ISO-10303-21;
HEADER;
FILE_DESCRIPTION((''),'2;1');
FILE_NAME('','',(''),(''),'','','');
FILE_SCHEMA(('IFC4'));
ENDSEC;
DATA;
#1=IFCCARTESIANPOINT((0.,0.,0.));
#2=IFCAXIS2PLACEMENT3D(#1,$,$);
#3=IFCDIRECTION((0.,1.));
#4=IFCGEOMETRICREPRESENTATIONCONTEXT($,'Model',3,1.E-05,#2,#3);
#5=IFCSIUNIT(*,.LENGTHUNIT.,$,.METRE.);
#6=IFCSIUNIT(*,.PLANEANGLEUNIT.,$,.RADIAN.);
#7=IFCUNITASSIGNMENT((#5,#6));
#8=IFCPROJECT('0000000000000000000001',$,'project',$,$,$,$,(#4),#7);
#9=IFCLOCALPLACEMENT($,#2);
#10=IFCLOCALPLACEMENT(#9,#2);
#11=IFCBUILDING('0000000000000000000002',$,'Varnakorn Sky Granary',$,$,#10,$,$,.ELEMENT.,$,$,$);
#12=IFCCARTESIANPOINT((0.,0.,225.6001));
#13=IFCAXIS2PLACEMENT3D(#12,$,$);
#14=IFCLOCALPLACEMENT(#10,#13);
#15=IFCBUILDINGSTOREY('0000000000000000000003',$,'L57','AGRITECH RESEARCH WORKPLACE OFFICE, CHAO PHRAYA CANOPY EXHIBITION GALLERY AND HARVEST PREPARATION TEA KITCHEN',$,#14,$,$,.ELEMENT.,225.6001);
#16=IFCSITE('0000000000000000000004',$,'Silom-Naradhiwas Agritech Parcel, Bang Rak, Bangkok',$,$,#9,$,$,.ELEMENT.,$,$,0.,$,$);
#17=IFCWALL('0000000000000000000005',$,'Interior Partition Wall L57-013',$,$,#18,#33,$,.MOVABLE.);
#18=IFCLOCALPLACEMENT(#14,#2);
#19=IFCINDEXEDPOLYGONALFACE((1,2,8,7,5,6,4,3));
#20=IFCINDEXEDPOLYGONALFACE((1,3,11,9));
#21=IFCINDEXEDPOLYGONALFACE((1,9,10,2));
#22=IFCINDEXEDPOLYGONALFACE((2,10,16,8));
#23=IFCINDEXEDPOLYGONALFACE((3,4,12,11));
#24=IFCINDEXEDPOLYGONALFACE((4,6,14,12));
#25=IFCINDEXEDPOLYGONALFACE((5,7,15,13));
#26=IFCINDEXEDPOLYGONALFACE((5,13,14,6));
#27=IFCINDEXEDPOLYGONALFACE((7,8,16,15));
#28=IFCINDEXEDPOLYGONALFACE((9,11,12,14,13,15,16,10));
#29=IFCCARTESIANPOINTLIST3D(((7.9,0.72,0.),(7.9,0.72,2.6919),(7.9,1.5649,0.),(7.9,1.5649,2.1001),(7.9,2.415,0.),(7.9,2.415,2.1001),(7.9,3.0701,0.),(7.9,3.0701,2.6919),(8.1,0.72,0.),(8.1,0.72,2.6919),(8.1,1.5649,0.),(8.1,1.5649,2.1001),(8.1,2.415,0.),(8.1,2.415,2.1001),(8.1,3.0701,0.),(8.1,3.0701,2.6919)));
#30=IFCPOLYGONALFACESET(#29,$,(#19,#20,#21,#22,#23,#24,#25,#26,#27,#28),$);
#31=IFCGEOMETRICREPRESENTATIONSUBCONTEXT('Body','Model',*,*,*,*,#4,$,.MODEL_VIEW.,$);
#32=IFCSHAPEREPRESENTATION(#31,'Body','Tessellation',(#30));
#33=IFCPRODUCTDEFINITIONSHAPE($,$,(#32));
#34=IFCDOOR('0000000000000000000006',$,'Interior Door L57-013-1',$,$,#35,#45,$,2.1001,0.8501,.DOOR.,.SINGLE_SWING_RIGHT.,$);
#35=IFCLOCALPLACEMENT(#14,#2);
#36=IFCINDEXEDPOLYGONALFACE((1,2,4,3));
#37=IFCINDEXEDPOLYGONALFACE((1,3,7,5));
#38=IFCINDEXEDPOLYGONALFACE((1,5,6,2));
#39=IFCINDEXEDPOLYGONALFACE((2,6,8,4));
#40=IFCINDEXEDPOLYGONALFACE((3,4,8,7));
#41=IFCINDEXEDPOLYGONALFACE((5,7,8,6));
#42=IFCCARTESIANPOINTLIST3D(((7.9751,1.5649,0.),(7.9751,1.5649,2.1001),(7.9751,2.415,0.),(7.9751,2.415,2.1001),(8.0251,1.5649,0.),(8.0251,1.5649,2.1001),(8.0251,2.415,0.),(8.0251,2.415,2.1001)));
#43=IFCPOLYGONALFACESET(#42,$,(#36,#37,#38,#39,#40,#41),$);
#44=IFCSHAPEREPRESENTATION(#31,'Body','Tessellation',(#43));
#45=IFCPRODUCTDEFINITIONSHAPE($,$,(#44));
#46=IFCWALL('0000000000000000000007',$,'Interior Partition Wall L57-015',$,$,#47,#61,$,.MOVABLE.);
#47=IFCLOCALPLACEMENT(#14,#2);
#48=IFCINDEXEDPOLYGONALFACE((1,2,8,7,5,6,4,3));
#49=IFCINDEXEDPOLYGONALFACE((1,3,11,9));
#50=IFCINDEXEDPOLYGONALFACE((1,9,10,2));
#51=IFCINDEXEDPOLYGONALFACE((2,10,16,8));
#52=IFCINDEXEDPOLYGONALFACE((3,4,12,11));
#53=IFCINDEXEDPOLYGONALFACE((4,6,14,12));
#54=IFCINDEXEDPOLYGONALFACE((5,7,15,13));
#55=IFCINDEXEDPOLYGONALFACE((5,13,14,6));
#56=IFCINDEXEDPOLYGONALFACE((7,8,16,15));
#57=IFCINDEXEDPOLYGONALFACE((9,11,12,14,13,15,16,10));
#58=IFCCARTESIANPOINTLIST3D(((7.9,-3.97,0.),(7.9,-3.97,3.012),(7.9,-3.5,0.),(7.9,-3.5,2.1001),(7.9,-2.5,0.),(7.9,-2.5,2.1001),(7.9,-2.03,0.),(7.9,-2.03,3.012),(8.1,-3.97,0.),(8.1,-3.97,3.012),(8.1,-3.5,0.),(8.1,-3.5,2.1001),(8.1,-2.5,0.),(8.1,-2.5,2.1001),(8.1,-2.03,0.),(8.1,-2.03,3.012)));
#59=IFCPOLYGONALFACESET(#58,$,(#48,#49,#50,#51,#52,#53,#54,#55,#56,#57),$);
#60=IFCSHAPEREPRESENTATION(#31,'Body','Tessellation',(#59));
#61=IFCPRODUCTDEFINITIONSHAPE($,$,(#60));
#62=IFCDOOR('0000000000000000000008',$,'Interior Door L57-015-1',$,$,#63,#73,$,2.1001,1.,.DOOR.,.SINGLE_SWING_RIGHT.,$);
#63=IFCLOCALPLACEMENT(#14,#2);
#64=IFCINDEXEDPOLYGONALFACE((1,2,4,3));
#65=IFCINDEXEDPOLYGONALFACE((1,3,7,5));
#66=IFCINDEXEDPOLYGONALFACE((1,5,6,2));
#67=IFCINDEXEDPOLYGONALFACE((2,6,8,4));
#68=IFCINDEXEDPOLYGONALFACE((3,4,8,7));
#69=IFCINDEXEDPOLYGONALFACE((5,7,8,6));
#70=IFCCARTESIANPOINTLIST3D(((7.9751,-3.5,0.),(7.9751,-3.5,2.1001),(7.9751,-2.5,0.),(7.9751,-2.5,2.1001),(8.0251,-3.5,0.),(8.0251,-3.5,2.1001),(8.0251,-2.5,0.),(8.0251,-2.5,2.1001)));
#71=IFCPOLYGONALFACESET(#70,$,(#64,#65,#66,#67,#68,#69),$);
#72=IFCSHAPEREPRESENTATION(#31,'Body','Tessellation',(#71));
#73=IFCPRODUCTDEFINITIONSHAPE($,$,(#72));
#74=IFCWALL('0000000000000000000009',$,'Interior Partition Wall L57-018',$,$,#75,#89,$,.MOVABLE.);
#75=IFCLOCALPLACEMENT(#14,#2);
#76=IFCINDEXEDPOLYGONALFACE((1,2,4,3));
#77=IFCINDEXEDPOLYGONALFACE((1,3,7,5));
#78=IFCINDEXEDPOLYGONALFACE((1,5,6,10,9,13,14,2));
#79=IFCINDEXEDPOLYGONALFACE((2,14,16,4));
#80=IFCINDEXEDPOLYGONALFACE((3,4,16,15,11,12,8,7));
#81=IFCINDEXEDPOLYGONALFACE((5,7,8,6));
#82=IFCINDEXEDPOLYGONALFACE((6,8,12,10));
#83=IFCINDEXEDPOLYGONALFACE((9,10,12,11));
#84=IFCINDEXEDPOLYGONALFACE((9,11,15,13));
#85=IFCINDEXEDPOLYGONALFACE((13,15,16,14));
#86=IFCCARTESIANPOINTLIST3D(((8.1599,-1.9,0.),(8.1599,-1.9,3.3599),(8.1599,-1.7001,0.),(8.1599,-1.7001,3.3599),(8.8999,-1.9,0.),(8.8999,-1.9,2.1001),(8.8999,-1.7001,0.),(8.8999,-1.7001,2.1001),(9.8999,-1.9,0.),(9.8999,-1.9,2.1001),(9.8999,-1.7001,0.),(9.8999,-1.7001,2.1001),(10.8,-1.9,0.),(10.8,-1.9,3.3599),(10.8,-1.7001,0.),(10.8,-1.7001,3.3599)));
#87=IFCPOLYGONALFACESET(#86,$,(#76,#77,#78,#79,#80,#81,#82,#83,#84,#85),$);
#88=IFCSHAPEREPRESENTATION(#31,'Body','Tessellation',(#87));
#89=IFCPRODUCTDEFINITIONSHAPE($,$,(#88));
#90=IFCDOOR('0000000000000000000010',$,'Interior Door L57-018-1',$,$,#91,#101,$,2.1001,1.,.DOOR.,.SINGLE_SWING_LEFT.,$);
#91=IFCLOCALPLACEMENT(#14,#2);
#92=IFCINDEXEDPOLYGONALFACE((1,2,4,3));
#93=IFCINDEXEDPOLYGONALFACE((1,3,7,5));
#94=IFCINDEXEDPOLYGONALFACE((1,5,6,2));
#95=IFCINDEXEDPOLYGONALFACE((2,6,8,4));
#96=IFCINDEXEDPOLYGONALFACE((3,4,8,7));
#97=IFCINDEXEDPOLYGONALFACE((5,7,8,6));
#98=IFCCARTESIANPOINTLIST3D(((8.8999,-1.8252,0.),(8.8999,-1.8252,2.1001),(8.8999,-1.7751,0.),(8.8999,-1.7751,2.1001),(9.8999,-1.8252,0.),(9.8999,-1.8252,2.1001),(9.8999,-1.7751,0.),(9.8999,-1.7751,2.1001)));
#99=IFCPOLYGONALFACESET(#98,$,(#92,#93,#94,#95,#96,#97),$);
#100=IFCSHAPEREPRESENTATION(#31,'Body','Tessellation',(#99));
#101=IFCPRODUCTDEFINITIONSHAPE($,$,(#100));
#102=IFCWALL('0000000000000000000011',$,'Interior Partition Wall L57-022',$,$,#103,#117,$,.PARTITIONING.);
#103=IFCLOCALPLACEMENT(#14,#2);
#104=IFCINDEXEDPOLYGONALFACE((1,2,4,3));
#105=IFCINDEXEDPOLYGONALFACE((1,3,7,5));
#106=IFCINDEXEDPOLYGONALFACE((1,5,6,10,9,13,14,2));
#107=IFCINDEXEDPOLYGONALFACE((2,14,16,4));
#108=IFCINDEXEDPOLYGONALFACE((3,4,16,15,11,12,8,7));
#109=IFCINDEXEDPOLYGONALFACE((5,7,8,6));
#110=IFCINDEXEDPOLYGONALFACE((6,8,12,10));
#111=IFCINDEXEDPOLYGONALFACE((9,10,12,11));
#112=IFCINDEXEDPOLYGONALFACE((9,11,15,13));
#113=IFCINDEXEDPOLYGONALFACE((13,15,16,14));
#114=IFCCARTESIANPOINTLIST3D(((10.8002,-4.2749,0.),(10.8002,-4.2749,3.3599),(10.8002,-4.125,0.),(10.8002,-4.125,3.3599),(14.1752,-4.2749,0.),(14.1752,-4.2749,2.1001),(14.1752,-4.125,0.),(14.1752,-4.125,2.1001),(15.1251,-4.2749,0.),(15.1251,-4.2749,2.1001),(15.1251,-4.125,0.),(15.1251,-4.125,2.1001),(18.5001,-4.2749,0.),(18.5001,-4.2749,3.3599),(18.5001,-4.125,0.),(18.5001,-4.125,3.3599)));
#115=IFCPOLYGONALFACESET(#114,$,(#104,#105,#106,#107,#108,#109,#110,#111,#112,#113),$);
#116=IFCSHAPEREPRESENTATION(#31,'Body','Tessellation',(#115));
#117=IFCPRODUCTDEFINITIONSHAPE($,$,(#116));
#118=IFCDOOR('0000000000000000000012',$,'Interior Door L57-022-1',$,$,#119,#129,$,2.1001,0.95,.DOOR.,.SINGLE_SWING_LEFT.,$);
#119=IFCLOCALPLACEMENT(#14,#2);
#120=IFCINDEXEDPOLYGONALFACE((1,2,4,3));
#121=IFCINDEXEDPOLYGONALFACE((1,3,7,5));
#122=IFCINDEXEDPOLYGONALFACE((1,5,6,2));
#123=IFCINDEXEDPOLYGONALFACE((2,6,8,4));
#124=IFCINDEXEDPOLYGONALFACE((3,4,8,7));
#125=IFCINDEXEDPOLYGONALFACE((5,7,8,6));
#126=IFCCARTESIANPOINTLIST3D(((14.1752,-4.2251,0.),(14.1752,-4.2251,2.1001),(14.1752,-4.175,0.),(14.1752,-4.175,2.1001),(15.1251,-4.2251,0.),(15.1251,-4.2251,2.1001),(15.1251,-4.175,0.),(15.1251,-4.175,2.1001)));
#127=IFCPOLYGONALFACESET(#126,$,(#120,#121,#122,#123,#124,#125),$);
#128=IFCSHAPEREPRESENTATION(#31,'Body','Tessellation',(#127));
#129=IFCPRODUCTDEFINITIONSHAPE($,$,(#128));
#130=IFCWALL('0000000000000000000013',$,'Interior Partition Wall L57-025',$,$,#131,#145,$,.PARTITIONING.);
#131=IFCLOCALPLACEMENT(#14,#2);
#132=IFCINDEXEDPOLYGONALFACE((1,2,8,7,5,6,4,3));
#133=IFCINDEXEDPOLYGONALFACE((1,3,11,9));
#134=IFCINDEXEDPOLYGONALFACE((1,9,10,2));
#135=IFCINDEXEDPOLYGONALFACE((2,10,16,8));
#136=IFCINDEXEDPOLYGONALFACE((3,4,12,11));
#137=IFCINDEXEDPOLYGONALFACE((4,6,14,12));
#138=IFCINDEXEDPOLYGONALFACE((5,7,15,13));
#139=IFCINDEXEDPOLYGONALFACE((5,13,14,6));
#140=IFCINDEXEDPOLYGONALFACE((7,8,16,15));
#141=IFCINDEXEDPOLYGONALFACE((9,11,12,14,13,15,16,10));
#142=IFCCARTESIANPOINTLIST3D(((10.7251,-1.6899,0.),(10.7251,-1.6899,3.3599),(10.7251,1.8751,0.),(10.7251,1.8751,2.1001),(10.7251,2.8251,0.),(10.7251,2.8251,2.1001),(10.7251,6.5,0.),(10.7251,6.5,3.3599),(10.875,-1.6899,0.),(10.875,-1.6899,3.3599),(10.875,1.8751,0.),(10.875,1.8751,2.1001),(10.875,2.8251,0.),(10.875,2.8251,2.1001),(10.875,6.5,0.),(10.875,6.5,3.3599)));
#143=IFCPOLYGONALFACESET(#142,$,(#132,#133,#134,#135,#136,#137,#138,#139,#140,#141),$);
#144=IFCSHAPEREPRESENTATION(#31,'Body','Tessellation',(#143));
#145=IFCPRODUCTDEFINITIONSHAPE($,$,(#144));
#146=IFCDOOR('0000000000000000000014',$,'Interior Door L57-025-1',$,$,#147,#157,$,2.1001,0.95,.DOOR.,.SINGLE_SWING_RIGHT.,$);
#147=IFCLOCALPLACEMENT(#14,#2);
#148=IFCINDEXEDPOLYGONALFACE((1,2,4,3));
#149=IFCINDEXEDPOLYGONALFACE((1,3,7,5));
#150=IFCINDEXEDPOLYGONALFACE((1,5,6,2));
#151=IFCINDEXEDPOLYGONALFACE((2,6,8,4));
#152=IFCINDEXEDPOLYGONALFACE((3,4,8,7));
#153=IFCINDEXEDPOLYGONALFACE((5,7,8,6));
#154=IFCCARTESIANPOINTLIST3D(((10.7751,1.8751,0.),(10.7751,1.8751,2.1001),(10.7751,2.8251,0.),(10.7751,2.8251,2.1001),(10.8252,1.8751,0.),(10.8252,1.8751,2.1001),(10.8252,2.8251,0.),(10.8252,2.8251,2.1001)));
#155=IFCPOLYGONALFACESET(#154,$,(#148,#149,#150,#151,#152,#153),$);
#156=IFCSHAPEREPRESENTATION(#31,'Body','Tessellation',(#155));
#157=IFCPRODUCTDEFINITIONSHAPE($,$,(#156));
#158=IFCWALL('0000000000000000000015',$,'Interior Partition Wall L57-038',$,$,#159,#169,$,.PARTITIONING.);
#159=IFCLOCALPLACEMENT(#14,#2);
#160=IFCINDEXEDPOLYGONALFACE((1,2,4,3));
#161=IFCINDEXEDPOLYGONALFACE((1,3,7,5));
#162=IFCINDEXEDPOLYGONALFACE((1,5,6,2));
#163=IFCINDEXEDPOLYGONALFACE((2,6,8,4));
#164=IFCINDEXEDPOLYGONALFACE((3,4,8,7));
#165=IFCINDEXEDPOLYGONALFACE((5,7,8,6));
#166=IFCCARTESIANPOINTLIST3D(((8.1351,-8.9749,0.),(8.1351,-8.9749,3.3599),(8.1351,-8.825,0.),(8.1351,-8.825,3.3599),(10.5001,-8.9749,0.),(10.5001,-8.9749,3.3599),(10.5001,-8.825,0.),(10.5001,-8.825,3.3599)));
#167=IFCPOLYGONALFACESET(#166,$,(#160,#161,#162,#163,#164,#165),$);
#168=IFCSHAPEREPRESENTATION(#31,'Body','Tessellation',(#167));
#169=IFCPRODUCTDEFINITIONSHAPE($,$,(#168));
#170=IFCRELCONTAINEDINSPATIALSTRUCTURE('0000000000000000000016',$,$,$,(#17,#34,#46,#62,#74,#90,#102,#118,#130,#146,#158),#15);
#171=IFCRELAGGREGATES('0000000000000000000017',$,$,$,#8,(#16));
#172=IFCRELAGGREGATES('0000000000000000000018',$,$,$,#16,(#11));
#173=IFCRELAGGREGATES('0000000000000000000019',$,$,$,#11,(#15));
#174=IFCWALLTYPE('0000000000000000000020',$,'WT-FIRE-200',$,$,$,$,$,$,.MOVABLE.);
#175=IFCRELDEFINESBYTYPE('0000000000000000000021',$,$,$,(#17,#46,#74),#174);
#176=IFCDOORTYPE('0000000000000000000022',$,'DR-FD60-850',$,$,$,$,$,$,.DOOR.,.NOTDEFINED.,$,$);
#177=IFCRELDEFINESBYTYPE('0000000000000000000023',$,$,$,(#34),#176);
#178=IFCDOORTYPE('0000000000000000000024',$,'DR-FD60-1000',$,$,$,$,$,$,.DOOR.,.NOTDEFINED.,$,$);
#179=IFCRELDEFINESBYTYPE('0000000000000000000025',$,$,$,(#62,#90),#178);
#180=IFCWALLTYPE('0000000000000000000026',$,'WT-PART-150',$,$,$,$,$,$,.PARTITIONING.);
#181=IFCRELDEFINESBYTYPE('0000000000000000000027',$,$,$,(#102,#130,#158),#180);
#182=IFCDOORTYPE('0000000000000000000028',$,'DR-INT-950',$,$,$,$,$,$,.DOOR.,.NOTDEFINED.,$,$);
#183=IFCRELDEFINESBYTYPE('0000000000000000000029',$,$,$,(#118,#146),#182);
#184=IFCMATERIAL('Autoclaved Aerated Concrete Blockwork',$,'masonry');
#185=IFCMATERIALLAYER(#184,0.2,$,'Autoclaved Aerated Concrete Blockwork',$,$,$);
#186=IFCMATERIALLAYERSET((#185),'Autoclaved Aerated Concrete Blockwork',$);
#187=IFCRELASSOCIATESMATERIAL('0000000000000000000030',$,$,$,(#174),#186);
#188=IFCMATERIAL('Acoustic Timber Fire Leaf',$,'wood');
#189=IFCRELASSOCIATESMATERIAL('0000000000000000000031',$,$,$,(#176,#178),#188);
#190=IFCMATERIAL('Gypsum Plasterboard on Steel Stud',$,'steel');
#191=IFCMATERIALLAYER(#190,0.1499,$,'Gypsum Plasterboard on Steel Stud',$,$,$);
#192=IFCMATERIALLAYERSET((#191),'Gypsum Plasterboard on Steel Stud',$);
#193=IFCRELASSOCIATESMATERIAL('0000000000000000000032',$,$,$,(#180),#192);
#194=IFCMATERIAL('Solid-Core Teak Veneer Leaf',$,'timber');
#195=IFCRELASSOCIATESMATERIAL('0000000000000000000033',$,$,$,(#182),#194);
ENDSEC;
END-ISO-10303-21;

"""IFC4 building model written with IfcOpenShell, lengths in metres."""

from ifc_helpers import new_model, si_unit, direction, frame, frame_2d, origin, place, context, subcontext, project, spatial, rectangle, extrude, material, layer, layer_set, type_object, element, fill, save


model = new_model("IFC4")

# Units and contexts
model_context = context("Model", 3, precision=1e-05, world=origin(), true_north=direction((0.0, 1.0)))
body_context = subcontext(model_context, "Body", "Model", "MODEL_VIEW")
ifc_project = project(units=[si_unit("LENGTHUNIT", "METRE"), si_unit("PLANEANGLEUNIT", "RADIAN")], contexts=[model_context])

# Site, building, storey
site_placement = place(None, origin())
site = spatial("IfcSite", under=ifc_project, at=site_placement, Name="Silom-Naradhiwas Agritech Parcel, Bang Rak, Bangkok", CompositionType="ELEMENT", RefElevation=0.0)
building_placement = place(site_placement, origin())
building = spatial("IfcBuilding", under=site, at=building_placement, Name="Varnakorn Sky Granary", CompositionType="ELEMENT")
storey_placement = place(building_placement, frame((0.0, 0.0, 225.6001)))
storey = spatial("IfcBuildingStorey", under=building, at=storey_placement, Name="L57", Description="AGRITECH RESEARCH WORKPLACE OFFICE, CHAO PHRAYA CANOPY EXHIBITION GALLERY AND HARVEST PREPARATION TEA KITCHEN", CompositionType="ELEMENT", Elevation=225.6001)

# Walls, openings, doors
ifc_material_1 = material(Name="Autoclaved Aerated Concrete Blockwork", Category="masonry")
ifc_layer_1 = layer(ifc_material_1, 0.2, Name="Autoclaved Aerated Concrete Blockwork")
ifc_layer_set_1 = layer_set([ifc_layer_1], Name="Autoclaved Aerated Concrete Blockwork")
wall_type_1 = type_object("IfcWallType", Name="WT-FIRE-200", PredefinedType="MOVABLE", material=ifc_layer_set_1)
wall_1_placement = place(storey_placement, frame((8.0, 0.72, 0.0), z_axis=(0.0, 0.0, 1.0), x_axis=(0.0, 1.0, 0.0)))
wall_1 = element("IfcWall", 1, at=wall_1_placement, inside=storey, type_object=wall_type_1, Name="Interior Partition Wall L57-013", PredefinedType="MOVABLE", context=body_context, shape_type="SweptSolid", body=[
    extrude(rectangle(XDim=2.3501, YDim=0.2, at=frame_2d((1.175, 0.0))), origin(), (0.0, 0.0, 1.0), 2.6919),
])
opening_1_placement = place(wall_1_placement, frame((0.845, 0.0, 0.0)))
opening_1 = element("IfcOpeningElement", 2, at=opening_1_placement, cuts=wall_1, PredefinedType="OPENING", context=body_context, shape_type="SweptSolid", body=[
    extrude(rectangle(XDim=0.8501, YDim=2.1001, at=frame_2d((0.425, 1.05))), frame((0.0, 0.1099, 0.0), z_axis=(0.0, -1.0, 0.0), x_axis=(1.0, 0.0, 0.0)), (0.0, 0.0, 1.0), 0.22),
])
ifc_material_2 = material(Name="Acoustic Timber Fire Leaf", Category="wood")
door_type_1 = type_object("IfcDoorType", Name="DR-FD60-850", OperationType="NOTDEFINED", PredefinedType="DOOR", material=ifc_material_2)
door_1_placement = place(opening_1_placement, origin())
door_1 = element("IfcDoor", 3, at=door_1_placement, inside=storey, type_object=door_type_1, Name="Interior Door L57-013-1", OperationType="SINGLE_SWING_RIGHT", OverallHeight=2.1001, OverallWidth=0.8501, PredefinedType="DOOR", context=body_context, shape_type="SweptSolid", body=[
    extrude(rectangle(XDim=0.8501, YDim=2.1001, at=frame_2d((0.425, 1.05))), frame((0.0, 0.0249, 0.0), z_axis=(0.0, -1.0, 0.0), x_axis=(1.0, 0.0, 0.0)), (0.0, 0.0, 1.0), 0.05),
])
fill(opening_1, door_1)
wall_2_placement = place(storey_placement, frame((8.0, -3.97, 0.0), z_axis=(0.0, 0.0, 1.0), x_axis=(0.0, 1.0, 0.0)))
wall_2 = element("IfcWall", 4, at=wall_2_placement, inside=storey, type_object=wall_type_1, Name="Interior Partition Wall L57-015", PredefinedType="MOVABLE", context=body_context, shape_type="SweptSolid", body=[
    extrude(rectangle(XDim=1.9399, YDim=0.2, at=frame_2d((0.97, 0.0))), origin(), (0.0, 0.0, 1.0), 3.012),
])
opening_2_placement = place(wall_2_placement, frame((0.47, 0.0, 0.0)))
opening_2 = element("IfcOpeningElement", 5, at=opening_2_placement, cuts=wall_2, PredefinedType="OPENING", context=body_context, shape_type="SweptSolid", body=[
    extrude(rectangle(XDim=1.0, YDim=2.1001, at=frame_2d((0.5, 1.05))), frame((0.0, 0.1099, 0.0), z_axis=(0.0, -1.0, 0.0), x_axis=(1.0, 0.0, 0.0)), (0.0, 0.0, 1.0), 0.22),
])
door_type_2 = type_object("IfcDoorType", Name="DR-FD60-1000", OperationType="NOTDEFINED", PredefinedType="DOOR", material=ifc_material_2)
door_2_placement = place(opening_2_placement, origin())
door_2 = element("IfcDoor", 6, at=door_2_placement, inside=storey, type_object=door_type_2, Name="Interior Door L57-015-1", OperationType="SINGLE_SWING_RIGHT", OverallHeight=2.1001, OverallWidth=1.0, PredefinedType="DOOR", context=body_context, shape_type="SweptSolid", body=[
    extrude(rectangle(XDim=1.0, YDim=2.1001, at=frame_2d((0.5, 1.05))), frame((0.0, 0.0249, 0.0), z_axis=(0.0, -1.0, 0.0), x_axis=(1.0, 0.0, 0.0)), (0.0, 0.0, 1.0), 0.05),
])
fill(opening_2, door_2)
wall_3_placement = place(storey_placement, frame((8.1599, -1.8, 0.0), z_axis=(0.0, 0.0, 1.0), x_axis=(1.0, 0.0, 0.0)))
wall_3 = element("IfcWall", 7, at=wall_3_placement, inside=storey, type_object=wall_type_1, Name="Interior Partition Wall L57-018", PredefinedType="MOVABLE", context=body_context, shape_type="SweptSolid", body=[
    extrude(rectangle(XDim=2.6401, YDim=0.2, at=frame_2d((1.3201, 0.0))), origin(), (0.0, 0.0, 1.0), 3.3599),
])
opening_3_placement = place(wall_3_placement, frame((0.74, 0.0, 0.0)))
opening_3 = element("IfcOpeningElement", 8, at=opening_3_placement, cuts=wall_3, PredefinedType="OPENING", context=body_context, shape_type="SweptSolid", body=[
    extrude(rectangle(XDim=1.0, YDim=2.1001, at=frame_2d((0.5, 1.05))), frame((0.0, 0.1099, 0.0), z_axis=(0.0, -1.0, 0.0), x_axis=(1.0, 0.0, 0.0)), (0.0, 0.0, 1.0), 0.22),
])
door_3_placement = place(opening_3_placement, origin())
door_3 = element("IfcDoor", 9, at=door_3_placement, inside=storey, type_object=door_type_2, Name="Interior Door L57-018-1", OperationType="SINGLE_SWING_LEFT", OverallHeight=2.1001, OverallWidth=1.0, PredefinedType="DOOR", context=body_context, shape_type="SweptSolid", body=[
    extrude(rectangle(XDim=1.0, YDim=2.1001, at=frame_2d((0.5, 1.05))), frame((0.0, 0.0249, 0.0), z_axis=(0.0, -1.0, 0.0), x_axis=(1.0, 0.0, 0.0)), (0.0, 0.0, 1.0), 0.05),
])
fill(opening_3, door_3)
ifc_material_3 = material(Name="Gypsum Plasterboard on Steel Stud", Category="steel")
ifc_layer_2 = layer(ifc_material_3, 0.1499, Name="Gypsum Plasterboard on Steel Stud")
ifc_layer_set_2 = layer_set([ifc_layer_2], Name="Gypsum Plasterboard on Steel Stud")
wall_type_2 = type_object("IfcWallType", Name="WT-PART-150", PredefinedType="PARTITIONING", material=ifc_layer_set_2)
wall_4_placement = place(storey_placement, frame((10.8, -4.2, 0.0), z_axis=(0.0, 0.0, 1.0), x_axis=(1.0, 0.0, 0.0)))
wall_4 = element("IfcWall", 10, at=wall_4_placement, inside=storey, type_object=wall_type_2, Name="Interior Partition Wall L57-022", PredefinedType="PARTITIONING", context=body_context, shape_type="SweptSolid", body=[
    extrude(rectangle(XDim=7.7, YDim=0.1499, at=frame_2d((3.8501, 0.0))), origin(), (0.0, 0.0, 1.0), 3.3599),
])
opening_4_placement = place(wall_4_placement, frame((3.375, 0.0, 0.0)))
opening_4 = element("IfcOpeningElement", 11, at=opening_4_placement, cuts=wall_4, PredefinedType="OPENING", context=body_context, shape_type="SweptSolid", body=[
    extrude(rectangle(XDim=0.95, YDim=2.1001, at=frame_2d((0.4751, 1.05))), frame((0.0, 0.085, 0.0), z_axis=(0.0, -1.0, 0.0), x_axis=(1.0, 0.0, 0.0)), (0.0, 0.0, 1.0), 0.1699),
])
ifc_material_4 = material(Name="Solid-Core Teak Veneer Leaf", Category="timber")
door_type_3 = type_object("IfcDoorType", Name="DR-INT-950", OperationType="NOTDEFINED", PredefinedType="DOOR", material=ifc_material_4)
door_4_placement = place(opening_4_placement, origin())
door_4 = element("IfcDoor", 12, at=door_4_placement, inside=storey, type_object=door_type_3, Name="Interior Door L57-022-1", OperationType="SINGLE_SWING_LEFT", OverallHeight=2.1001, OverallWidth=0.95, PredefinedType="DOOR", context=body_context, shape_type="SweptSolid", body=[
    extrude(rectangle(XDim=0.95, YDim=2.1001, at=frame_2d((0.4751, 1.05))), frame((0.0, 0.0249, 0.0), z_axis=(0.0, -1.0, 0.0), x_axis=(1.0, 0.0, 0.0)), (0.0, 0.0, 1.0), 0.05),
])
fill(opening_4, door_4)
wall_5_placement = place(storey_placement, frame((10.8, -1.6899, 0.0), z_axis=(0.0, 0.0, 1.0), x_axis=(0.0, 1.0, 0.0)))
wall_5 = element("IfcWall", 13, at=wall_5_placement, inside=storey, type_object=wall_type_2, Name="Interior Partition Wall L57-025", PredefinedType="PARTITIONING", context=body_context, shape_type="SweptSolid", body=[
    extrude(rectangle(XDim=8.1899, YDim=0.1499, at=frame_2d((4.095, 0.0))), origin(), (0.0, 0.0, 1.0), 3.3599),
])
opening_5_placement = place(wall_5_placement, frame((3.5649, 0.0, 0.0)))
opening_5 = element("IfcOpeningElement", 14, at=opening_5_placement, cuts=wall_5, PredefinedType="OPENING", context=body_context, shape_type="SweptSolid", body=[
    extrude(rectangle(XDim=0.95, YDim=2.1001, at=frame_2d((0.4751, 1.05))), frame((0.0, 0.085, 0.0), z_axis=(0.0, -1.0, 0.0), x_axis=(1.0, 0.0, 0.0)), (0.0, 0.0, 1.0), 0.1699),
])
door_5_placement = place(opening_5_placement, origin())
door_5 = element("IfcDoor", 15, at=door_5_placement, inside=storey, type_object=door_type_3, Name="Interior Door L57-025-1", OperationType="SINGLE_SWING_RIGHT", OverallHeight=2.1001, OverallWidth=0.95, PredefinedType="DOOR", context=body_context, shape_type="SweptSolid", body=[
    extrude(rectangle(XDim=0.95, YDim=2.1001, at=frame_2d((0.4751, 1.05))), frame((0.0, 0.0249, 0.0), z_axis=(0.0, -1.0, 0.0), x_axis=(1.0, 0.0, 0.0)), (0.0, 0.0, 1.0), 0.05),
])
fill(opening_5, door_5)

# Wall
wall_6_placement = place(storey_placement, frame((8.135, -8.8999, 0.0), z_axis=(0.0, 0.0, 1.0), x_axis=(1.0, 0.0, 0.0)))
element("IfcWall", 16, at=wall_6_placement, inside=storey, type_object=wall_type_2, Name="Interior Partition Wall L57-038", PredefinedType="PARTITIONING", context=body_context, shape_type="SweptSolid", body=[
    extrude(rectangle(XDim=2.365, YDim=0.1499, at=frame_2d((1.1826, 0.0))), origin(), (0.0, 0.0, 1.0), 3.3599),
])

save(model, "model.ifc")
